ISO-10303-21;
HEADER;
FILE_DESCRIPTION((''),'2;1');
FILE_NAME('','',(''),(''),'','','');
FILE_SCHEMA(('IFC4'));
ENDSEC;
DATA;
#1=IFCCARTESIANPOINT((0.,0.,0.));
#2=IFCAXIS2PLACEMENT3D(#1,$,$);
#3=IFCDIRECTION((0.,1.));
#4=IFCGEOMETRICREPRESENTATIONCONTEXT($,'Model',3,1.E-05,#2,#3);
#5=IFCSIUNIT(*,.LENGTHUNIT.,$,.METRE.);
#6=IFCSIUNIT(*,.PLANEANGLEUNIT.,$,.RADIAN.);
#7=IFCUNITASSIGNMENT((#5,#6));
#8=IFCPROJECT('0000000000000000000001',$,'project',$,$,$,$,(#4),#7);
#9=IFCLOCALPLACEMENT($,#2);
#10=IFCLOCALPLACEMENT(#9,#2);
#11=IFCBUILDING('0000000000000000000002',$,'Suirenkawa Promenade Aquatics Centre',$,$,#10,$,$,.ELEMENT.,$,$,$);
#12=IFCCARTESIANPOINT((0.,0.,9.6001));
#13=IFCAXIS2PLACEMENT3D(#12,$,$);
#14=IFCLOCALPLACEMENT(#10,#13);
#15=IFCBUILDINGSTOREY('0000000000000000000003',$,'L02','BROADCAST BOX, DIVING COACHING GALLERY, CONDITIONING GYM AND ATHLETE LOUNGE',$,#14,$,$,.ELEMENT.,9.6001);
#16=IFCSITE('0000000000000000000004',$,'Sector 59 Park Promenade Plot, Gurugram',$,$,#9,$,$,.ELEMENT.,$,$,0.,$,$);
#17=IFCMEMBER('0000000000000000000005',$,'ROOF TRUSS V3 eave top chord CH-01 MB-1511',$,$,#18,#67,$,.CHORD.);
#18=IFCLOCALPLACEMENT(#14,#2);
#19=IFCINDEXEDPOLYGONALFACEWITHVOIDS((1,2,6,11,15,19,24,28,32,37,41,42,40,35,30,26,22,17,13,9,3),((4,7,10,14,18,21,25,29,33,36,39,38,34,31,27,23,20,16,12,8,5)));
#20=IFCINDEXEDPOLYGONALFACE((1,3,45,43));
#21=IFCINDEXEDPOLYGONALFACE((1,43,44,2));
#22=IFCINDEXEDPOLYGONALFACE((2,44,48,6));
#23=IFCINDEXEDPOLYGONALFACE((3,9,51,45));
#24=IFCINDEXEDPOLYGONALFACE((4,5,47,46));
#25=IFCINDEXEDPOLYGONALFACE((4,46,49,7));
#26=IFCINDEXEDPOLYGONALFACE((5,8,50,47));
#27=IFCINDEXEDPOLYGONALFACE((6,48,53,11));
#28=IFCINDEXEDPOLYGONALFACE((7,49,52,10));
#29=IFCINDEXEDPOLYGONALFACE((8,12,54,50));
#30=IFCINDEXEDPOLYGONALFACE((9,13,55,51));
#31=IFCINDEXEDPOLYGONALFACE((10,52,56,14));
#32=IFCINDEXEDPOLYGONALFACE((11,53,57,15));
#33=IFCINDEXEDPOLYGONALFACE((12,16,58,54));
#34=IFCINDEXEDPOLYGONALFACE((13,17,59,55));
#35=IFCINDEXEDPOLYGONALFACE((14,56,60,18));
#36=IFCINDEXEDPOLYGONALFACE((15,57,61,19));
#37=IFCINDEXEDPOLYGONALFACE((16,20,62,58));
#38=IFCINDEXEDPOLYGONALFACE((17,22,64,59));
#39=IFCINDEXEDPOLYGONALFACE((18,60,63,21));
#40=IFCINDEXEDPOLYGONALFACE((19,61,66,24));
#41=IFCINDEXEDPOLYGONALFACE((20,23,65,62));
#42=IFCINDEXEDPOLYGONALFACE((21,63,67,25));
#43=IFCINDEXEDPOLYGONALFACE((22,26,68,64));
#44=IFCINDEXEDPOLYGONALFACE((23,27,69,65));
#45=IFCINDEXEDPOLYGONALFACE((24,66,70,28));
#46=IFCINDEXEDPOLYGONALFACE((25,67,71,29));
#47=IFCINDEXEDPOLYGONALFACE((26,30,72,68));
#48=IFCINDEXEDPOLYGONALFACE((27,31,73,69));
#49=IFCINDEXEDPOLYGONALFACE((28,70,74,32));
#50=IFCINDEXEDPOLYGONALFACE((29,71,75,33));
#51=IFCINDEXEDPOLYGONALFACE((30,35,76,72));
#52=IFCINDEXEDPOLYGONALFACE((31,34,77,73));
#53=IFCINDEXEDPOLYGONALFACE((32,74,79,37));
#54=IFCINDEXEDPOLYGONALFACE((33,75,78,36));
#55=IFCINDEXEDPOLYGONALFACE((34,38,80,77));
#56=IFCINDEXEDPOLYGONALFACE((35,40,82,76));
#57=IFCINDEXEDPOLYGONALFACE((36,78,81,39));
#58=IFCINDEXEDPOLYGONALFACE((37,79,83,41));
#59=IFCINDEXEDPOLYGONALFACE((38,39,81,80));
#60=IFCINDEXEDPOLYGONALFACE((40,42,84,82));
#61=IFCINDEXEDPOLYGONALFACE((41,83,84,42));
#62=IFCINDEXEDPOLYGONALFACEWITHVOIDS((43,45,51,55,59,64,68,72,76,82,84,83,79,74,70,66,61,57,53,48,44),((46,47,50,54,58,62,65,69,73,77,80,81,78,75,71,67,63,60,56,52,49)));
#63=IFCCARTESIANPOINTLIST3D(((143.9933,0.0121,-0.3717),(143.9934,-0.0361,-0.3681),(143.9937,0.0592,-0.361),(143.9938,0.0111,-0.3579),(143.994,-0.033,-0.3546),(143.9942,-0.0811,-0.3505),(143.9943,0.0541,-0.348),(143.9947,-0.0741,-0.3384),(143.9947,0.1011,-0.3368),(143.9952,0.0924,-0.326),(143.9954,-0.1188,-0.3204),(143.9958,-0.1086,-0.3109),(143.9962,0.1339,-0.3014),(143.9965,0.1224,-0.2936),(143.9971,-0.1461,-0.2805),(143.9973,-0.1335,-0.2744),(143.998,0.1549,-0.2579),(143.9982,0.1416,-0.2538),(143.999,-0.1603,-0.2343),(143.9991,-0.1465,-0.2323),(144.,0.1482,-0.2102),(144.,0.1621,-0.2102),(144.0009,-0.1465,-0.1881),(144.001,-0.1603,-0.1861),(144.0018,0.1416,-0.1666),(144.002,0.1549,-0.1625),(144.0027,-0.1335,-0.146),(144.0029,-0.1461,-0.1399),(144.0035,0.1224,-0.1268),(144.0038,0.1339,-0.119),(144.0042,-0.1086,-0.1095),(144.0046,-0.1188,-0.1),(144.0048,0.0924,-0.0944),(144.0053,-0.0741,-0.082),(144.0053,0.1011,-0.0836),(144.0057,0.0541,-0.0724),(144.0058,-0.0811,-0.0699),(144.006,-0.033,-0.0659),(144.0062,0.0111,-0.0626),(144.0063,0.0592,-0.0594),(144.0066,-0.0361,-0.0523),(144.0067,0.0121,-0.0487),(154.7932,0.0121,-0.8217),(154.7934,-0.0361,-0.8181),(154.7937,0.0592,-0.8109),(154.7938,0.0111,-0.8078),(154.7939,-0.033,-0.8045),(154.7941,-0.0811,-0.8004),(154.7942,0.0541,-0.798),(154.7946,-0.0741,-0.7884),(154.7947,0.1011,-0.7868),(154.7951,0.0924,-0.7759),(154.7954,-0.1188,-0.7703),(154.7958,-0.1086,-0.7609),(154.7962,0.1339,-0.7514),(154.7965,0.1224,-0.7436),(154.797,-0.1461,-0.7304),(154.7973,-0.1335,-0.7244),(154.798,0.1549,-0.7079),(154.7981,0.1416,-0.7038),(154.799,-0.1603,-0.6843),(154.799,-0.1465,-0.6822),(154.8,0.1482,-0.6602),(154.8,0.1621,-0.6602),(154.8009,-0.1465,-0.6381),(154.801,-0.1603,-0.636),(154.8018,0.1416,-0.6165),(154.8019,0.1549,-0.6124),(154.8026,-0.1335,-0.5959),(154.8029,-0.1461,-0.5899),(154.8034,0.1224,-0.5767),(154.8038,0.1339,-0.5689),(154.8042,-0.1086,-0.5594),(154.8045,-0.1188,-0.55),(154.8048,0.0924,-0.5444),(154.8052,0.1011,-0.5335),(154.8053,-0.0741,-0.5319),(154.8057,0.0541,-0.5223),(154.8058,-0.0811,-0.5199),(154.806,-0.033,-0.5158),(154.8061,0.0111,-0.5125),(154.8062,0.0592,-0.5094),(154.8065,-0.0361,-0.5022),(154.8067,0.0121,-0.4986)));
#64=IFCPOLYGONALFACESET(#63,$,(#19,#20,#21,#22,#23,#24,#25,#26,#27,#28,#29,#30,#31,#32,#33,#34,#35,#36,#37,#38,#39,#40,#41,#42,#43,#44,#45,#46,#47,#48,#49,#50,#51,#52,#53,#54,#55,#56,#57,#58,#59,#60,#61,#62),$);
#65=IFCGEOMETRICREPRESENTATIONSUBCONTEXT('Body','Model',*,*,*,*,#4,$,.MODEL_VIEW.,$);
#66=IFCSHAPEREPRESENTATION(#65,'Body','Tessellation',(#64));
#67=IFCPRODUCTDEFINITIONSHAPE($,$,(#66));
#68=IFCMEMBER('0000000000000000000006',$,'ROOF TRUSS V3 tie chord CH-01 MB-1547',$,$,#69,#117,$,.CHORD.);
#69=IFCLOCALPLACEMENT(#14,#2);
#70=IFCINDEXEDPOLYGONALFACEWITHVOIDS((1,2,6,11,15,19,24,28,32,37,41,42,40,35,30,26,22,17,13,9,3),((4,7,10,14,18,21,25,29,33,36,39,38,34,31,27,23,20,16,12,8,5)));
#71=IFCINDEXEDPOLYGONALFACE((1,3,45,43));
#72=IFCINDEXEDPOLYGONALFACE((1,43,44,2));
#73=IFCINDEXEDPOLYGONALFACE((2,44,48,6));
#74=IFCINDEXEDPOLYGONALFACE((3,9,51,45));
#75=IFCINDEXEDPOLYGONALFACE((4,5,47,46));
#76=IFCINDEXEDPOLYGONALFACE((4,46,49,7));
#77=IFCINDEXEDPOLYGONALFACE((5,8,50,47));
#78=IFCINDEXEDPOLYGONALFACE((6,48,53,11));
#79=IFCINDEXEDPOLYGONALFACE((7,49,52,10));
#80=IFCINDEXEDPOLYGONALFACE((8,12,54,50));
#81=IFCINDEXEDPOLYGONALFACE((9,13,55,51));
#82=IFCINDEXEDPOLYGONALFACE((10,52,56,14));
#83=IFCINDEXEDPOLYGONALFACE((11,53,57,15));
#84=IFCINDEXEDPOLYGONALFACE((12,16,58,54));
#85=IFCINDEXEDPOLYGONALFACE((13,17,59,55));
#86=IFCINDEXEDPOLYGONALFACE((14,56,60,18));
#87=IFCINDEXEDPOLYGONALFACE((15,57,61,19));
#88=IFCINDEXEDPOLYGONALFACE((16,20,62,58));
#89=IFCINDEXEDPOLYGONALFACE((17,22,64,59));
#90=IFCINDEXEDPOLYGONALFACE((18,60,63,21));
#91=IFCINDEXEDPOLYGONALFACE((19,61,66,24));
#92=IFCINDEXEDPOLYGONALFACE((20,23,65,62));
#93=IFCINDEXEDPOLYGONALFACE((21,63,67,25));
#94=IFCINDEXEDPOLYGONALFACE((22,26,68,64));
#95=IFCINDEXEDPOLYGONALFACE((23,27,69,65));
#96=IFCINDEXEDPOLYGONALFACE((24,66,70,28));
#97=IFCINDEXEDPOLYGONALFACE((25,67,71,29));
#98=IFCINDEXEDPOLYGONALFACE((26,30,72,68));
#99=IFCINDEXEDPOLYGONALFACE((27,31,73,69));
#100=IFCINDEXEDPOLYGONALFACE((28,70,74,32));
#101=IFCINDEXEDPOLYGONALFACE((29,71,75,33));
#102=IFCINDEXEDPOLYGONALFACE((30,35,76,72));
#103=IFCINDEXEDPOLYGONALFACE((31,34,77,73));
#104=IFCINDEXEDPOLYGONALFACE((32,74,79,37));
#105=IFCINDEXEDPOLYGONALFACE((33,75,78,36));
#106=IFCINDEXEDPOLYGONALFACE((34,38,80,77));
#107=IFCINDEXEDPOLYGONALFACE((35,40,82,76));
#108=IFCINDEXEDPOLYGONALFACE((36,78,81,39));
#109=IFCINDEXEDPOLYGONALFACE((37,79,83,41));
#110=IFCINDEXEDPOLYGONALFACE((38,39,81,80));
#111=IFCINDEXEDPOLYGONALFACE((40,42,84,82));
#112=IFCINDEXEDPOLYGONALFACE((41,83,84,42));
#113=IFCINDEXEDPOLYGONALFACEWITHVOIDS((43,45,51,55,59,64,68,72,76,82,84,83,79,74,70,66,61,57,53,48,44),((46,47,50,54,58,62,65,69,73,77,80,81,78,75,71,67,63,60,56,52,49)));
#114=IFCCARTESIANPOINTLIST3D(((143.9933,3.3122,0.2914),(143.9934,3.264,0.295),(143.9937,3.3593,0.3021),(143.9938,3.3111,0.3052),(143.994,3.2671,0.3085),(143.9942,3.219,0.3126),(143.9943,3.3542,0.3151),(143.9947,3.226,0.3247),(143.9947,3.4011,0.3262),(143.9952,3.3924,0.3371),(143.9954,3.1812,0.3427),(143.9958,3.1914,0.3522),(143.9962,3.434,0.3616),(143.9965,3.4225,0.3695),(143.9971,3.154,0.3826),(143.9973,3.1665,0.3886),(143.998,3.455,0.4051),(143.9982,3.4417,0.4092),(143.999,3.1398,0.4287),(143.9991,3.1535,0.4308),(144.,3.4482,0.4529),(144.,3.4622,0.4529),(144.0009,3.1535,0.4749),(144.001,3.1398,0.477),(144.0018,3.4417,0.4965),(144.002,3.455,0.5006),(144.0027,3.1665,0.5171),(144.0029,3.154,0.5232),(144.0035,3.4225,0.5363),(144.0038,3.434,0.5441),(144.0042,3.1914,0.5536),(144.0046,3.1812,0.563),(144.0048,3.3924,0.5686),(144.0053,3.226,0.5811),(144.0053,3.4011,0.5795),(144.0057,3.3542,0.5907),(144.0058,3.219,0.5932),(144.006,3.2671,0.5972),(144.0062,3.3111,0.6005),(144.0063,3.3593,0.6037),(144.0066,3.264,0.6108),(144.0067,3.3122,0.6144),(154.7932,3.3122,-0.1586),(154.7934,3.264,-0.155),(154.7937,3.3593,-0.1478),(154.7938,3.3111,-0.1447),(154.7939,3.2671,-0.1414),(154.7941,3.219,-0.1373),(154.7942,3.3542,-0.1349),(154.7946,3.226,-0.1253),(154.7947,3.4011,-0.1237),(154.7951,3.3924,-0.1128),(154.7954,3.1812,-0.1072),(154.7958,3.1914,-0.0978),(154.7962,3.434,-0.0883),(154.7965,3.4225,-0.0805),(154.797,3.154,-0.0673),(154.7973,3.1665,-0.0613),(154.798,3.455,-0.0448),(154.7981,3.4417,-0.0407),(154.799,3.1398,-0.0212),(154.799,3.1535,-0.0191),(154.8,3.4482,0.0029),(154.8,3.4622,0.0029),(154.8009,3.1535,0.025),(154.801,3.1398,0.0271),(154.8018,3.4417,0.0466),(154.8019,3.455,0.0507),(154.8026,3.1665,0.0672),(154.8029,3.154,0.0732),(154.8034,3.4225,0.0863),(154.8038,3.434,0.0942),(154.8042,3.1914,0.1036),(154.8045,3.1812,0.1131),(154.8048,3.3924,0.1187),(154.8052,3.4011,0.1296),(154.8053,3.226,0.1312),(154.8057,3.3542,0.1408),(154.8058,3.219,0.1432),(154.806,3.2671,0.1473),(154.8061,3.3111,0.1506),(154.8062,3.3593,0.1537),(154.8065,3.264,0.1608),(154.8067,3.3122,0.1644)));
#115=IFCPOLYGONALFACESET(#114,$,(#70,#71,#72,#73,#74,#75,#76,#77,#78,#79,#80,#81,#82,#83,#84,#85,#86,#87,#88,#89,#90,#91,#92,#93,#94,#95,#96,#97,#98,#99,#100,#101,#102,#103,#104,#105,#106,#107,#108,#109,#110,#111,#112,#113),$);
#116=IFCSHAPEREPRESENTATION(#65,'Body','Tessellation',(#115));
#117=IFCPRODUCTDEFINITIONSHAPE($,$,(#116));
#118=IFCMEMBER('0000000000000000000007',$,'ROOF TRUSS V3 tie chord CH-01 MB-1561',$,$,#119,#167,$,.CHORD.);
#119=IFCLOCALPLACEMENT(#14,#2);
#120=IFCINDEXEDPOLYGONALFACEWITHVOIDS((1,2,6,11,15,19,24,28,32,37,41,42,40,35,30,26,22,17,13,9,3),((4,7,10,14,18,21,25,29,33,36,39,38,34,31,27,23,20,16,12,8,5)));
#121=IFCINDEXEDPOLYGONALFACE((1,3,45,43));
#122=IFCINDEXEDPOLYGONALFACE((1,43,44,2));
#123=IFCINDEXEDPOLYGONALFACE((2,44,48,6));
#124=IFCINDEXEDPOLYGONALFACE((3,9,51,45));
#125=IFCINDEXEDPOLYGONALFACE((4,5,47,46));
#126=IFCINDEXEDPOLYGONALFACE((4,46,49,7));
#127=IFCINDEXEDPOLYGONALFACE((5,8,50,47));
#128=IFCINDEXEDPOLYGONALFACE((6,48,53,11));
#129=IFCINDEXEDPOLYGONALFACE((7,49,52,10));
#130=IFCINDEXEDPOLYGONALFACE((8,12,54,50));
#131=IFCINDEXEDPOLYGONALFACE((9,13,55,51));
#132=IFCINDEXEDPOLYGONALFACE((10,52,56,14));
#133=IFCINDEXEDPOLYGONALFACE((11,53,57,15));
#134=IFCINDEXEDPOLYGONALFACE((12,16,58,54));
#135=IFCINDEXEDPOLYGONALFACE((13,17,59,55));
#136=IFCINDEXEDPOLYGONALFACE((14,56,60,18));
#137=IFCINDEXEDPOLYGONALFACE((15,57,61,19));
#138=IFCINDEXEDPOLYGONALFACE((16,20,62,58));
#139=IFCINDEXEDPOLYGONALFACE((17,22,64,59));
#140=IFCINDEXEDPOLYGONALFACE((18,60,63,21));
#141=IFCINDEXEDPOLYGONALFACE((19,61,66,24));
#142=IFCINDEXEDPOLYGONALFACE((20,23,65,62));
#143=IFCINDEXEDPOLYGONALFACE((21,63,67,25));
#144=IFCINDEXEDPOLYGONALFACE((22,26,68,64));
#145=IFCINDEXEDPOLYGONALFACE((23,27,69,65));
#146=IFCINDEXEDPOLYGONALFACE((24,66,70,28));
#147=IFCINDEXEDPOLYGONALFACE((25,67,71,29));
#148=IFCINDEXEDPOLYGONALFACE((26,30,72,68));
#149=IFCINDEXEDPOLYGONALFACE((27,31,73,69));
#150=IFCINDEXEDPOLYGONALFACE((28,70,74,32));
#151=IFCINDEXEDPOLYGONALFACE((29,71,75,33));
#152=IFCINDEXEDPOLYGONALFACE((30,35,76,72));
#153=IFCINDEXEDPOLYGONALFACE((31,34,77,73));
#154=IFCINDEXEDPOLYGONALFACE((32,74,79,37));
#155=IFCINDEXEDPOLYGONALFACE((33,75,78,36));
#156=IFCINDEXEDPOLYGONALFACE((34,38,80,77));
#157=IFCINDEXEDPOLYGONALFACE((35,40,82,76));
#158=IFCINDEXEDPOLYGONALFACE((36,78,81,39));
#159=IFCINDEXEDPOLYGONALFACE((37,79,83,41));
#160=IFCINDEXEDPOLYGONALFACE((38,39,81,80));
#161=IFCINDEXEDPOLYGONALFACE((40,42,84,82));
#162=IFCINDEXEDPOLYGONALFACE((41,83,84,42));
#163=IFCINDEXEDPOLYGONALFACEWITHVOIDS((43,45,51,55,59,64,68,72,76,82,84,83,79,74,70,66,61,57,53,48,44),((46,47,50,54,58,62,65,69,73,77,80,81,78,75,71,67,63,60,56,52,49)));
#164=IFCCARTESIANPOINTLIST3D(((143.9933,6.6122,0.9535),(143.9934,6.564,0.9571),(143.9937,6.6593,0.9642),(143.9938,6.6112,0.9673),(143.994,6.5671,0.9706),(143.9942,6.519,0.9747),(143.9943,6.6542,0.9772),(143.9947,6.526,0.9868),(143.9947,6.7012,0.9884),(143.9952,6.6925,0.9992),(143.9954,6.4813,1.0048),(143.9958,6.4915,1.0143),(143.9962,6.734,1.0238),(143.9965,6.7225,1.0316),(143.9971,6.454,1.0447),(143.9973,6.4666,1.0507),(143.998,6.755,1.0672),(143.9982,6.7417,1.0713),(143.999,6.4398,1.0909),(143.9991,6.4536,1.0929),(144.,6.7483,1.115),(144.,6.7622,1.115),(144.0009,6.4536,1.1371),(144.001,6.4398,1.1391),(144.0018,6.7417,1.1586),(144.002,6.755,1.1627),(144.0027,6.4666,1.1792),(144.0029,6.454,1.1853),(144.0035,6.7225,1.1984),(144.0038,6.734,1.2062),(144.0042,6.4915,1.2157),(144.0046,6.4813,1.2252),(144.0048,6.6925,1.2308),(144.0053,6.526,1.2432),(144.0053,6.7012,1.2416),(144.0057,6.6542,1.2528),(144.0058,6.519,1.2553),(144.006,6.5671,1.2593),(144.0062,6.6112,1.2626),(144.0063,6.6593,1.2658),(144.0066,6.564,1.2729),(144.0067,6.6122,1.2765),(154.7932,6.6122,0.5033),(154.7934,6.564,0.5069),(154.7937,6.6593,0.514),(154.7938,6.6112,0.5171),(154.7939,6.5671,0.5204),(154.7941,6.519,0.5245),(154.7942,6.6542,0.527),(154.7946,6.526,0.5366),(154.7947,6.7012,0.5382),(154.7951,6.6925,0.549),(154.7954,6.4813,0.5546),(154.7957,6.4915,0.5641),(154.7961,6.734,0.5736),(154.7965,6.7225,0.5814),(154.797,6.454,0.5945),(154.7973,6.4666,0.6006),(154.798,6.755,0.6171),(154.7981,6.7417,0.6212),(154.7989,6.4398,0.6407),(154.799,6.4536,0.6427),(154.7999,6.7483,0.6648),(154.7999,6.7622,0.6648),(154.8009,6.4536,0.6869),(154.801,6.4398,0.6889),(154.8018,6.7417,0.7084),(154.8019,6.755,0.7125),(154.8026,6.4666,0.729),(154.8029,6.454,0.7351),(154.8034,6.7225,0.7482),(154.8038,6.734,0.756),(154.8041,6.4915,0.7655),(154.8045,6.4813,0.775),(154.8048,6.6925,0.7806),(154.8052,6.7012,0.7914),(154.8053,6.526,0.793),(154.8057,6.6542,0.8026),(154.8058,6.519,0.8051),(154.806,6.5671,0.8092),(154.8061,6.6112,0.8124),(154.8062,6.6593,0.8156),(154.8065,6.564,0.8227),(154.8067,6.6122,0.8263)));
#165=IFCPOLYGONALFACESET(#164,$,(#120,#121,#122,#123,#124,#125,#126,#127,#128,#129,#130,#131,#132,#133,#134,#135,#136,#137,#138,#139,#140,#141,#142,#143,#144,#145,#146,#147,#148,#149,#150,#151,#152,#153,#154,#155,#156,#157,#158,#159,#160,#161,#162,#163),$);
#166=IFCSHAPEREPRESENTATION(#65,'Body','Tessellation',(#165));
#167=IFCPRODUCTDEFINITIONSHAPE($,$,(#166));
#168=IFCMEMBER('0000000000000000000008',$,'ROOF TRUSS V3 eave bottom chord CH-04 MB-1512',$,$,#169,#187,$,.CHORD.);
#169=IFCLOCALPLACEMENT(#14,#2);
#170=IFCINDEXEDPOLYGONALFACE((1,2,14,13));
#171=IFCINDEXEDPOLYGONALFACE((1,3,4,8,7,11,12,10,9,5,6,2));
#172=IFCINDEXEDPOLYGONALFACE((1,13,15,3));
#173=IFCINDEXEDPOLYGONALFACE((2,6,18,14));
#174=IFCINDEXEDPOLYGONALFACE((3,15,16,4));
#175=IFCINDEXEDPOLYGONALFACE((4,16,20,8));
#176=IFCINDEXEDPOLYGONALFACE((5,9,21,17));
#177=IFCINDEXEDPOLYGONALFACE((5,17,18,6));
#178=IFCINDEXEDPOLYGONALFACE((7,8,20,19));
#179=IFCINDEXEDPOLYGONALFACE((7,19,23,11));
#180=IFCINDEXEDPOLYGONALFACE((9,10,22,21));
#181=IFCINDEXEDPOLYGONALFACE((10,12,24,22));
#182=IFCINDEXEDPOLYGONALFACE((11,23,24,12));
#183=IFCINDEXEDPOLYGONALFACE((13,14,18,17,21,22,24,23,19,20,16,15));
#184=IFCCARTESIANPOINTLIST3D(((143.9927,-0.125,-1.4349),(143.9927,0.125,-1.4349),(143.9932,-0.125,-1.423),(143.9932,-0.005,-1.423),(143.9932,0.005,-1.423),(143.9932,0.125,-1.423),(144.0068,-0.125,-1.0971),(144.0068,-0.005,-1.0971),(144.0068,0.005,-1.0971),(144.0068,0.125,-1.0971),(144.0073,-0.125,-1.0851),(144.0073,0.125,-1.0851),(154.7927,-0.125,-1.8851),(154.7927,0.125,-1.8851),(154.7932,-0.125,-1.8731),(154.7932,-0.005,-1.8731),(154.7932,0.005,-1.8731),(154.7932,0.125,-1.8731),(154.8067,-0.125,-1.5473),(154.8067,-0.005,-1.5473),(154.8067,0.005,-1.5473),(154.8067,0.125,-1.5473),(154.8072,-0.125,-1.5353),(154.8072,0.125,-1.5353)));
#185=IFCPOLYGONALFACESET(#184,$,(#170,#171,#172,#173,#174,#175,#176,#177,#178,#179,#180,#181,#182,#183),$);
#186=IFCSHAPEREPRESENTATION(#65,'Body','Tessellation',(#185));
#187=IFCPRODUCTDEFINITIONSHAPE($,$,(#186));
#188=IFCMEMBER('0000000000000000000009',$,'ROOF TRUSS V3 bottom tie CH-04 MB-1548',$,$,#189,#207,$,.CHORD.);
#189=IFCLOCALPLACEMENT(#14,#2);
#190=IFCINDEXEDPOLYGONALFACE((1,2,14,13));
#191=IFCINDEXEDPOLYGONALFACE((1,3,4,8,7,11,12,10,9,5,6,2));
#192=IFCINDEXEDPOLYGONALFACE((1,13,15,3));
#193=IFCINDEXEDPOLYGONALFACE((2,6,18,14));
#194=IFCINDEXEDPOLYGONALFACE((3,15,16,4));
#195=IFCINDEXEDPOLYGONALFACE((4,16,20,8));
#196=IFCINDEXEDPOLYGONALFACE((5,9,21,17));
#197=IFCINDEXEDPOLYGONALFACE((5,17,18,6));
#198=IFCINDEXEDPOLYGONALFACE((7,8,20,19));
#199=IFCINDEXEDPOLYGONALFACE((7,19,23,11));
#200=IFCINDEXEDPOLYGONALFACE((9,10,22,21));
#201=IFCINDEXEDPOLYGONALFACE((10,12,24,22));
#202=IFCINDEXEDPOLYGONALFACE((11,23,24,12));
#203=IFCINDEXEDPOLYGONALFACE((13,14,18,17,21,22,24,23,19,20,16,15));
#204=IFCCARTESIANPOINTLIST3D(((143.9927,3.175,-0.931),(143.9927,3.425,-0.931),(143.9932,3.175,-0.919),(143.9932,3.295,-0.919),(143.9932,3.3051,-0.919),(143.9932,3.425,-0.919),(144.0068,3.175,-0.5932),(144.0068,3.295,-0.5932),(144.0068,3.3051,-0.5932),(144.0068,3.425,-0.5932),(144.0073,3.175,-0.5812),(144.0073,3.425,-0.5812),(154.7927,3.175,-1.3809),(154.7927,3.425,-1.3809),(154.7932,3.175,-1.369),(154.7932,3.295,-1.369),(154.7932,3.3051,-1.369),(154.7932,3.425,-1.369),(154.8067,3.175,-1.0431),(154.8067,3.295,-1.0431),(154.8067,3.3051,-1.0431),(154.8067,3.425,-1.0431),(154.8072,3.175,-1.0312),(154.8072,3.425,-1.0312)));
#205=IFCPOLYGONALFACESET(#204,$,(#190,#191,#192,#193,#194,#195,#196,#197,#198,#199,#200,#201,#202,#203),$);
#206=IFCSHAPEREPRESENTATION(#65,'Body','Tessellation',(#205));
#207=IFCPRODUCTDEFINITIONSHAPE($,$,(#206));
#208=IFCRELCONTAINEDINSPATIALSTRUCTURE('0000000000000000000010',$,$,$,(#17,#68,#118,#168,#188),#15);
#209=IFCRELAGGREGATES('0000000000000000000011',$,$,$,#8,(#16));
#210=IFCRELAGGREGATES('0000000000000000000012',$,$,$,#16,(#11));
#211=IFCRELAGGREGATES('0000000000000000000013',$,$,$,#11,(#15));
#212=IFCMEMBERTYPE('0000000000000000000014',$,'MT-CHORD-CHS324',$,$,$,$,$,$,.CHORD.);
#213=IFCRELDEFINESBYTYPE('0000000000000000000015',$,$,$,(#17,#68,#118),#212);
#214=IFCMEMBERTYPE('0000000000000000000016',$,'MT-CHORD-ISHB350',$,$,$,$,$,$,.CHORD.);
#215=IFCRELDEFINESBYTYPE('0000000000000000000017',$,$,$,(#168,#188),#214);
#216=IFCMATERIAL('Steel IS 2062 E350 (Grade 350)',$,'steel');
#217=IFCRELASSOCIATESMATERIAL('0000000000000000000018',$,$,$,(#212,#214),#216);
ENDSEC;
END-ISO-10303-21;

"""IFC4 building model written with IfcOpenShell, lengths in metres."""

from ifc_helpers import new_model, si_unit, direction, frame, origin, origin_2d, place, context, subcontext, project, spatial, hollow_circle, i_section, extrude, material, material_profile, profile_set, type_object, element, save


model = new_model("IFC4")

# Units and contexts
model_context = context("Model", 3, precision=1e-05, world=origin(), true_north=direction((0.0, 1.0)))
body_context = subcontext(model_context, "Body", "Model", "MODEL_VIEW")
ifc_project = project(units=[si_unit("LENGTHUNIT", "METRE"), si_unit("PLANEANGLEUNIT", "RADIAN")], contexts=[model_context])

# Site, building, storey
site_placement = place(None, origin())
site = spatial("IfcSite", under=ifc_project, at=site_placement, Name="Sector 59 Park Promenade Plot, Gurugram", CompositionType="ELEMENT", RefElevation=0.0)
building_placement = place(site_placement, origin())
building = spatial("IfcBuilding", under=site, at=building_placement, Name="Suirenkawa Promenade Aquatics Centre", CompositionType="ELEMENT")
storey_placement = place(building_placement, frame((0.0, 0.0, 9.6001)))
storey = spatial("IfcBuildingStorey", under=building, at=storey_placement, Name="L02", Description="BROADCAST BOX, DIVING COACHING GALLERY, CONDITIONING GYM AND ATHLETE LOUNGE", CompositionType="ELEMENT", Elevation=9.6001)

# Shared definitions
ifc_material = material(Name="Steel IS 2062 E350 (Grade 350)", Category="steel")

# Members
ifc_material_profile_1 = material_profile(ifc_material, hollow_circle(Radius=0.1621, WallThickness=0.0139, at=origin_2d()), Name="CHS 324x14", Category="steel")
ifc_profile_set_1 = profile_set([ifc_material_profile_1], Name="Steel IS 2062 E350 (Grade 350)")
member_type_1 = type_object("IfcMemberType", Name="MT-CHORD-CHS324", PredefinedType="CHORD", material=ifc_profile_set_1)
for number, where, z_axis, x_axis, name in (
    (1, (144.0, 0.0, -0.2102), (0.999133, 0.0, -0.041626), (0.0, 1.0, 0.0), "ROOF TRUSS V3 eave top chord CH-01 MB-1511"),
    (2, (144.0, 3.3, 0.4529), (0.999133, 0.0, -0.041626), (0.0, 1.0, 0.0), "ROOF TRUSS V3 tie chord CH-01 MB-1547"),
    (3, (144.0, 6.6001, 1.115), (0.999132, 0.0, -0.041648), (0.0, 1.0, 0.0), "ROOF TRUSS V3 tie chord CH-01 MB-1561"),
):
    element("IfcMember", number, at=place(storey_placement, frame(where, z_axis=z_axis, x_axis=x_axis)), inside=storey, type_object=member_type_1, Name=name, PredefinedType="CHORD", context=body_context, shape_type="SweptSolid", body=[
        extrude(hollow_circle(Radius=0.1621, WallThickness=0.0139, at=origin_2d()), origin(), (0.0, 0.0, 1.0), 10.8093),
    ])
ifc_material_profile_2 = material_profile(ifc_material, i_section(OverallWidth=0.25, OverallDepth=0.3501, WebThickness=0.01, FlangeThickness=0.012, at=origin_2d()), Name="ISHB 350", Category="steel")
ifc_profile_set_2 = profile_set([ifc_material_profile_2], Name="Steel IS 2062 E350 (Grade 350)")
member_type_2 = type_object("IfcMemberType", Name="MT-CHORD-ISHB350", PredefinedType="CHORD", material=ifc_profile_set_2)
for number, where, z_axis, x_axis, name in (
    (4, (144.0, 0.0, -1.26), (0.999132, 0.0, -0.041648), (0.0, 1.0, 0.0), "ROOF TRUSS V3 eave bottom chord CH-04 MB-1512"),
    (5, (144.0, 3.3, -0.7561), (0.999133, 0.0, -0.041626), (0.0, 1.0, 0.0), "ROOF TRUSS V3 bottom tie CH-04 MB-1548"),
):
    element("IfcMember", number, at=place(storey_placement, frame(where, z_axis=z_axis, x_axis=x_axis)), inside=storey, type_object=member_type_2, Name=name, PredefinedType="CHORD", context=body_context, shape_type="SweptSolid", body=[
        extrude(i_section(OverallWidth=0.25, OverallDepth=0.3501, WebThickness=0.01, FlangeThickness=0.012, at=origin_2d()), origin(), (0.0, 0.0, 1.0), 10.8093),
    ])

save(model, "model.ifc")
